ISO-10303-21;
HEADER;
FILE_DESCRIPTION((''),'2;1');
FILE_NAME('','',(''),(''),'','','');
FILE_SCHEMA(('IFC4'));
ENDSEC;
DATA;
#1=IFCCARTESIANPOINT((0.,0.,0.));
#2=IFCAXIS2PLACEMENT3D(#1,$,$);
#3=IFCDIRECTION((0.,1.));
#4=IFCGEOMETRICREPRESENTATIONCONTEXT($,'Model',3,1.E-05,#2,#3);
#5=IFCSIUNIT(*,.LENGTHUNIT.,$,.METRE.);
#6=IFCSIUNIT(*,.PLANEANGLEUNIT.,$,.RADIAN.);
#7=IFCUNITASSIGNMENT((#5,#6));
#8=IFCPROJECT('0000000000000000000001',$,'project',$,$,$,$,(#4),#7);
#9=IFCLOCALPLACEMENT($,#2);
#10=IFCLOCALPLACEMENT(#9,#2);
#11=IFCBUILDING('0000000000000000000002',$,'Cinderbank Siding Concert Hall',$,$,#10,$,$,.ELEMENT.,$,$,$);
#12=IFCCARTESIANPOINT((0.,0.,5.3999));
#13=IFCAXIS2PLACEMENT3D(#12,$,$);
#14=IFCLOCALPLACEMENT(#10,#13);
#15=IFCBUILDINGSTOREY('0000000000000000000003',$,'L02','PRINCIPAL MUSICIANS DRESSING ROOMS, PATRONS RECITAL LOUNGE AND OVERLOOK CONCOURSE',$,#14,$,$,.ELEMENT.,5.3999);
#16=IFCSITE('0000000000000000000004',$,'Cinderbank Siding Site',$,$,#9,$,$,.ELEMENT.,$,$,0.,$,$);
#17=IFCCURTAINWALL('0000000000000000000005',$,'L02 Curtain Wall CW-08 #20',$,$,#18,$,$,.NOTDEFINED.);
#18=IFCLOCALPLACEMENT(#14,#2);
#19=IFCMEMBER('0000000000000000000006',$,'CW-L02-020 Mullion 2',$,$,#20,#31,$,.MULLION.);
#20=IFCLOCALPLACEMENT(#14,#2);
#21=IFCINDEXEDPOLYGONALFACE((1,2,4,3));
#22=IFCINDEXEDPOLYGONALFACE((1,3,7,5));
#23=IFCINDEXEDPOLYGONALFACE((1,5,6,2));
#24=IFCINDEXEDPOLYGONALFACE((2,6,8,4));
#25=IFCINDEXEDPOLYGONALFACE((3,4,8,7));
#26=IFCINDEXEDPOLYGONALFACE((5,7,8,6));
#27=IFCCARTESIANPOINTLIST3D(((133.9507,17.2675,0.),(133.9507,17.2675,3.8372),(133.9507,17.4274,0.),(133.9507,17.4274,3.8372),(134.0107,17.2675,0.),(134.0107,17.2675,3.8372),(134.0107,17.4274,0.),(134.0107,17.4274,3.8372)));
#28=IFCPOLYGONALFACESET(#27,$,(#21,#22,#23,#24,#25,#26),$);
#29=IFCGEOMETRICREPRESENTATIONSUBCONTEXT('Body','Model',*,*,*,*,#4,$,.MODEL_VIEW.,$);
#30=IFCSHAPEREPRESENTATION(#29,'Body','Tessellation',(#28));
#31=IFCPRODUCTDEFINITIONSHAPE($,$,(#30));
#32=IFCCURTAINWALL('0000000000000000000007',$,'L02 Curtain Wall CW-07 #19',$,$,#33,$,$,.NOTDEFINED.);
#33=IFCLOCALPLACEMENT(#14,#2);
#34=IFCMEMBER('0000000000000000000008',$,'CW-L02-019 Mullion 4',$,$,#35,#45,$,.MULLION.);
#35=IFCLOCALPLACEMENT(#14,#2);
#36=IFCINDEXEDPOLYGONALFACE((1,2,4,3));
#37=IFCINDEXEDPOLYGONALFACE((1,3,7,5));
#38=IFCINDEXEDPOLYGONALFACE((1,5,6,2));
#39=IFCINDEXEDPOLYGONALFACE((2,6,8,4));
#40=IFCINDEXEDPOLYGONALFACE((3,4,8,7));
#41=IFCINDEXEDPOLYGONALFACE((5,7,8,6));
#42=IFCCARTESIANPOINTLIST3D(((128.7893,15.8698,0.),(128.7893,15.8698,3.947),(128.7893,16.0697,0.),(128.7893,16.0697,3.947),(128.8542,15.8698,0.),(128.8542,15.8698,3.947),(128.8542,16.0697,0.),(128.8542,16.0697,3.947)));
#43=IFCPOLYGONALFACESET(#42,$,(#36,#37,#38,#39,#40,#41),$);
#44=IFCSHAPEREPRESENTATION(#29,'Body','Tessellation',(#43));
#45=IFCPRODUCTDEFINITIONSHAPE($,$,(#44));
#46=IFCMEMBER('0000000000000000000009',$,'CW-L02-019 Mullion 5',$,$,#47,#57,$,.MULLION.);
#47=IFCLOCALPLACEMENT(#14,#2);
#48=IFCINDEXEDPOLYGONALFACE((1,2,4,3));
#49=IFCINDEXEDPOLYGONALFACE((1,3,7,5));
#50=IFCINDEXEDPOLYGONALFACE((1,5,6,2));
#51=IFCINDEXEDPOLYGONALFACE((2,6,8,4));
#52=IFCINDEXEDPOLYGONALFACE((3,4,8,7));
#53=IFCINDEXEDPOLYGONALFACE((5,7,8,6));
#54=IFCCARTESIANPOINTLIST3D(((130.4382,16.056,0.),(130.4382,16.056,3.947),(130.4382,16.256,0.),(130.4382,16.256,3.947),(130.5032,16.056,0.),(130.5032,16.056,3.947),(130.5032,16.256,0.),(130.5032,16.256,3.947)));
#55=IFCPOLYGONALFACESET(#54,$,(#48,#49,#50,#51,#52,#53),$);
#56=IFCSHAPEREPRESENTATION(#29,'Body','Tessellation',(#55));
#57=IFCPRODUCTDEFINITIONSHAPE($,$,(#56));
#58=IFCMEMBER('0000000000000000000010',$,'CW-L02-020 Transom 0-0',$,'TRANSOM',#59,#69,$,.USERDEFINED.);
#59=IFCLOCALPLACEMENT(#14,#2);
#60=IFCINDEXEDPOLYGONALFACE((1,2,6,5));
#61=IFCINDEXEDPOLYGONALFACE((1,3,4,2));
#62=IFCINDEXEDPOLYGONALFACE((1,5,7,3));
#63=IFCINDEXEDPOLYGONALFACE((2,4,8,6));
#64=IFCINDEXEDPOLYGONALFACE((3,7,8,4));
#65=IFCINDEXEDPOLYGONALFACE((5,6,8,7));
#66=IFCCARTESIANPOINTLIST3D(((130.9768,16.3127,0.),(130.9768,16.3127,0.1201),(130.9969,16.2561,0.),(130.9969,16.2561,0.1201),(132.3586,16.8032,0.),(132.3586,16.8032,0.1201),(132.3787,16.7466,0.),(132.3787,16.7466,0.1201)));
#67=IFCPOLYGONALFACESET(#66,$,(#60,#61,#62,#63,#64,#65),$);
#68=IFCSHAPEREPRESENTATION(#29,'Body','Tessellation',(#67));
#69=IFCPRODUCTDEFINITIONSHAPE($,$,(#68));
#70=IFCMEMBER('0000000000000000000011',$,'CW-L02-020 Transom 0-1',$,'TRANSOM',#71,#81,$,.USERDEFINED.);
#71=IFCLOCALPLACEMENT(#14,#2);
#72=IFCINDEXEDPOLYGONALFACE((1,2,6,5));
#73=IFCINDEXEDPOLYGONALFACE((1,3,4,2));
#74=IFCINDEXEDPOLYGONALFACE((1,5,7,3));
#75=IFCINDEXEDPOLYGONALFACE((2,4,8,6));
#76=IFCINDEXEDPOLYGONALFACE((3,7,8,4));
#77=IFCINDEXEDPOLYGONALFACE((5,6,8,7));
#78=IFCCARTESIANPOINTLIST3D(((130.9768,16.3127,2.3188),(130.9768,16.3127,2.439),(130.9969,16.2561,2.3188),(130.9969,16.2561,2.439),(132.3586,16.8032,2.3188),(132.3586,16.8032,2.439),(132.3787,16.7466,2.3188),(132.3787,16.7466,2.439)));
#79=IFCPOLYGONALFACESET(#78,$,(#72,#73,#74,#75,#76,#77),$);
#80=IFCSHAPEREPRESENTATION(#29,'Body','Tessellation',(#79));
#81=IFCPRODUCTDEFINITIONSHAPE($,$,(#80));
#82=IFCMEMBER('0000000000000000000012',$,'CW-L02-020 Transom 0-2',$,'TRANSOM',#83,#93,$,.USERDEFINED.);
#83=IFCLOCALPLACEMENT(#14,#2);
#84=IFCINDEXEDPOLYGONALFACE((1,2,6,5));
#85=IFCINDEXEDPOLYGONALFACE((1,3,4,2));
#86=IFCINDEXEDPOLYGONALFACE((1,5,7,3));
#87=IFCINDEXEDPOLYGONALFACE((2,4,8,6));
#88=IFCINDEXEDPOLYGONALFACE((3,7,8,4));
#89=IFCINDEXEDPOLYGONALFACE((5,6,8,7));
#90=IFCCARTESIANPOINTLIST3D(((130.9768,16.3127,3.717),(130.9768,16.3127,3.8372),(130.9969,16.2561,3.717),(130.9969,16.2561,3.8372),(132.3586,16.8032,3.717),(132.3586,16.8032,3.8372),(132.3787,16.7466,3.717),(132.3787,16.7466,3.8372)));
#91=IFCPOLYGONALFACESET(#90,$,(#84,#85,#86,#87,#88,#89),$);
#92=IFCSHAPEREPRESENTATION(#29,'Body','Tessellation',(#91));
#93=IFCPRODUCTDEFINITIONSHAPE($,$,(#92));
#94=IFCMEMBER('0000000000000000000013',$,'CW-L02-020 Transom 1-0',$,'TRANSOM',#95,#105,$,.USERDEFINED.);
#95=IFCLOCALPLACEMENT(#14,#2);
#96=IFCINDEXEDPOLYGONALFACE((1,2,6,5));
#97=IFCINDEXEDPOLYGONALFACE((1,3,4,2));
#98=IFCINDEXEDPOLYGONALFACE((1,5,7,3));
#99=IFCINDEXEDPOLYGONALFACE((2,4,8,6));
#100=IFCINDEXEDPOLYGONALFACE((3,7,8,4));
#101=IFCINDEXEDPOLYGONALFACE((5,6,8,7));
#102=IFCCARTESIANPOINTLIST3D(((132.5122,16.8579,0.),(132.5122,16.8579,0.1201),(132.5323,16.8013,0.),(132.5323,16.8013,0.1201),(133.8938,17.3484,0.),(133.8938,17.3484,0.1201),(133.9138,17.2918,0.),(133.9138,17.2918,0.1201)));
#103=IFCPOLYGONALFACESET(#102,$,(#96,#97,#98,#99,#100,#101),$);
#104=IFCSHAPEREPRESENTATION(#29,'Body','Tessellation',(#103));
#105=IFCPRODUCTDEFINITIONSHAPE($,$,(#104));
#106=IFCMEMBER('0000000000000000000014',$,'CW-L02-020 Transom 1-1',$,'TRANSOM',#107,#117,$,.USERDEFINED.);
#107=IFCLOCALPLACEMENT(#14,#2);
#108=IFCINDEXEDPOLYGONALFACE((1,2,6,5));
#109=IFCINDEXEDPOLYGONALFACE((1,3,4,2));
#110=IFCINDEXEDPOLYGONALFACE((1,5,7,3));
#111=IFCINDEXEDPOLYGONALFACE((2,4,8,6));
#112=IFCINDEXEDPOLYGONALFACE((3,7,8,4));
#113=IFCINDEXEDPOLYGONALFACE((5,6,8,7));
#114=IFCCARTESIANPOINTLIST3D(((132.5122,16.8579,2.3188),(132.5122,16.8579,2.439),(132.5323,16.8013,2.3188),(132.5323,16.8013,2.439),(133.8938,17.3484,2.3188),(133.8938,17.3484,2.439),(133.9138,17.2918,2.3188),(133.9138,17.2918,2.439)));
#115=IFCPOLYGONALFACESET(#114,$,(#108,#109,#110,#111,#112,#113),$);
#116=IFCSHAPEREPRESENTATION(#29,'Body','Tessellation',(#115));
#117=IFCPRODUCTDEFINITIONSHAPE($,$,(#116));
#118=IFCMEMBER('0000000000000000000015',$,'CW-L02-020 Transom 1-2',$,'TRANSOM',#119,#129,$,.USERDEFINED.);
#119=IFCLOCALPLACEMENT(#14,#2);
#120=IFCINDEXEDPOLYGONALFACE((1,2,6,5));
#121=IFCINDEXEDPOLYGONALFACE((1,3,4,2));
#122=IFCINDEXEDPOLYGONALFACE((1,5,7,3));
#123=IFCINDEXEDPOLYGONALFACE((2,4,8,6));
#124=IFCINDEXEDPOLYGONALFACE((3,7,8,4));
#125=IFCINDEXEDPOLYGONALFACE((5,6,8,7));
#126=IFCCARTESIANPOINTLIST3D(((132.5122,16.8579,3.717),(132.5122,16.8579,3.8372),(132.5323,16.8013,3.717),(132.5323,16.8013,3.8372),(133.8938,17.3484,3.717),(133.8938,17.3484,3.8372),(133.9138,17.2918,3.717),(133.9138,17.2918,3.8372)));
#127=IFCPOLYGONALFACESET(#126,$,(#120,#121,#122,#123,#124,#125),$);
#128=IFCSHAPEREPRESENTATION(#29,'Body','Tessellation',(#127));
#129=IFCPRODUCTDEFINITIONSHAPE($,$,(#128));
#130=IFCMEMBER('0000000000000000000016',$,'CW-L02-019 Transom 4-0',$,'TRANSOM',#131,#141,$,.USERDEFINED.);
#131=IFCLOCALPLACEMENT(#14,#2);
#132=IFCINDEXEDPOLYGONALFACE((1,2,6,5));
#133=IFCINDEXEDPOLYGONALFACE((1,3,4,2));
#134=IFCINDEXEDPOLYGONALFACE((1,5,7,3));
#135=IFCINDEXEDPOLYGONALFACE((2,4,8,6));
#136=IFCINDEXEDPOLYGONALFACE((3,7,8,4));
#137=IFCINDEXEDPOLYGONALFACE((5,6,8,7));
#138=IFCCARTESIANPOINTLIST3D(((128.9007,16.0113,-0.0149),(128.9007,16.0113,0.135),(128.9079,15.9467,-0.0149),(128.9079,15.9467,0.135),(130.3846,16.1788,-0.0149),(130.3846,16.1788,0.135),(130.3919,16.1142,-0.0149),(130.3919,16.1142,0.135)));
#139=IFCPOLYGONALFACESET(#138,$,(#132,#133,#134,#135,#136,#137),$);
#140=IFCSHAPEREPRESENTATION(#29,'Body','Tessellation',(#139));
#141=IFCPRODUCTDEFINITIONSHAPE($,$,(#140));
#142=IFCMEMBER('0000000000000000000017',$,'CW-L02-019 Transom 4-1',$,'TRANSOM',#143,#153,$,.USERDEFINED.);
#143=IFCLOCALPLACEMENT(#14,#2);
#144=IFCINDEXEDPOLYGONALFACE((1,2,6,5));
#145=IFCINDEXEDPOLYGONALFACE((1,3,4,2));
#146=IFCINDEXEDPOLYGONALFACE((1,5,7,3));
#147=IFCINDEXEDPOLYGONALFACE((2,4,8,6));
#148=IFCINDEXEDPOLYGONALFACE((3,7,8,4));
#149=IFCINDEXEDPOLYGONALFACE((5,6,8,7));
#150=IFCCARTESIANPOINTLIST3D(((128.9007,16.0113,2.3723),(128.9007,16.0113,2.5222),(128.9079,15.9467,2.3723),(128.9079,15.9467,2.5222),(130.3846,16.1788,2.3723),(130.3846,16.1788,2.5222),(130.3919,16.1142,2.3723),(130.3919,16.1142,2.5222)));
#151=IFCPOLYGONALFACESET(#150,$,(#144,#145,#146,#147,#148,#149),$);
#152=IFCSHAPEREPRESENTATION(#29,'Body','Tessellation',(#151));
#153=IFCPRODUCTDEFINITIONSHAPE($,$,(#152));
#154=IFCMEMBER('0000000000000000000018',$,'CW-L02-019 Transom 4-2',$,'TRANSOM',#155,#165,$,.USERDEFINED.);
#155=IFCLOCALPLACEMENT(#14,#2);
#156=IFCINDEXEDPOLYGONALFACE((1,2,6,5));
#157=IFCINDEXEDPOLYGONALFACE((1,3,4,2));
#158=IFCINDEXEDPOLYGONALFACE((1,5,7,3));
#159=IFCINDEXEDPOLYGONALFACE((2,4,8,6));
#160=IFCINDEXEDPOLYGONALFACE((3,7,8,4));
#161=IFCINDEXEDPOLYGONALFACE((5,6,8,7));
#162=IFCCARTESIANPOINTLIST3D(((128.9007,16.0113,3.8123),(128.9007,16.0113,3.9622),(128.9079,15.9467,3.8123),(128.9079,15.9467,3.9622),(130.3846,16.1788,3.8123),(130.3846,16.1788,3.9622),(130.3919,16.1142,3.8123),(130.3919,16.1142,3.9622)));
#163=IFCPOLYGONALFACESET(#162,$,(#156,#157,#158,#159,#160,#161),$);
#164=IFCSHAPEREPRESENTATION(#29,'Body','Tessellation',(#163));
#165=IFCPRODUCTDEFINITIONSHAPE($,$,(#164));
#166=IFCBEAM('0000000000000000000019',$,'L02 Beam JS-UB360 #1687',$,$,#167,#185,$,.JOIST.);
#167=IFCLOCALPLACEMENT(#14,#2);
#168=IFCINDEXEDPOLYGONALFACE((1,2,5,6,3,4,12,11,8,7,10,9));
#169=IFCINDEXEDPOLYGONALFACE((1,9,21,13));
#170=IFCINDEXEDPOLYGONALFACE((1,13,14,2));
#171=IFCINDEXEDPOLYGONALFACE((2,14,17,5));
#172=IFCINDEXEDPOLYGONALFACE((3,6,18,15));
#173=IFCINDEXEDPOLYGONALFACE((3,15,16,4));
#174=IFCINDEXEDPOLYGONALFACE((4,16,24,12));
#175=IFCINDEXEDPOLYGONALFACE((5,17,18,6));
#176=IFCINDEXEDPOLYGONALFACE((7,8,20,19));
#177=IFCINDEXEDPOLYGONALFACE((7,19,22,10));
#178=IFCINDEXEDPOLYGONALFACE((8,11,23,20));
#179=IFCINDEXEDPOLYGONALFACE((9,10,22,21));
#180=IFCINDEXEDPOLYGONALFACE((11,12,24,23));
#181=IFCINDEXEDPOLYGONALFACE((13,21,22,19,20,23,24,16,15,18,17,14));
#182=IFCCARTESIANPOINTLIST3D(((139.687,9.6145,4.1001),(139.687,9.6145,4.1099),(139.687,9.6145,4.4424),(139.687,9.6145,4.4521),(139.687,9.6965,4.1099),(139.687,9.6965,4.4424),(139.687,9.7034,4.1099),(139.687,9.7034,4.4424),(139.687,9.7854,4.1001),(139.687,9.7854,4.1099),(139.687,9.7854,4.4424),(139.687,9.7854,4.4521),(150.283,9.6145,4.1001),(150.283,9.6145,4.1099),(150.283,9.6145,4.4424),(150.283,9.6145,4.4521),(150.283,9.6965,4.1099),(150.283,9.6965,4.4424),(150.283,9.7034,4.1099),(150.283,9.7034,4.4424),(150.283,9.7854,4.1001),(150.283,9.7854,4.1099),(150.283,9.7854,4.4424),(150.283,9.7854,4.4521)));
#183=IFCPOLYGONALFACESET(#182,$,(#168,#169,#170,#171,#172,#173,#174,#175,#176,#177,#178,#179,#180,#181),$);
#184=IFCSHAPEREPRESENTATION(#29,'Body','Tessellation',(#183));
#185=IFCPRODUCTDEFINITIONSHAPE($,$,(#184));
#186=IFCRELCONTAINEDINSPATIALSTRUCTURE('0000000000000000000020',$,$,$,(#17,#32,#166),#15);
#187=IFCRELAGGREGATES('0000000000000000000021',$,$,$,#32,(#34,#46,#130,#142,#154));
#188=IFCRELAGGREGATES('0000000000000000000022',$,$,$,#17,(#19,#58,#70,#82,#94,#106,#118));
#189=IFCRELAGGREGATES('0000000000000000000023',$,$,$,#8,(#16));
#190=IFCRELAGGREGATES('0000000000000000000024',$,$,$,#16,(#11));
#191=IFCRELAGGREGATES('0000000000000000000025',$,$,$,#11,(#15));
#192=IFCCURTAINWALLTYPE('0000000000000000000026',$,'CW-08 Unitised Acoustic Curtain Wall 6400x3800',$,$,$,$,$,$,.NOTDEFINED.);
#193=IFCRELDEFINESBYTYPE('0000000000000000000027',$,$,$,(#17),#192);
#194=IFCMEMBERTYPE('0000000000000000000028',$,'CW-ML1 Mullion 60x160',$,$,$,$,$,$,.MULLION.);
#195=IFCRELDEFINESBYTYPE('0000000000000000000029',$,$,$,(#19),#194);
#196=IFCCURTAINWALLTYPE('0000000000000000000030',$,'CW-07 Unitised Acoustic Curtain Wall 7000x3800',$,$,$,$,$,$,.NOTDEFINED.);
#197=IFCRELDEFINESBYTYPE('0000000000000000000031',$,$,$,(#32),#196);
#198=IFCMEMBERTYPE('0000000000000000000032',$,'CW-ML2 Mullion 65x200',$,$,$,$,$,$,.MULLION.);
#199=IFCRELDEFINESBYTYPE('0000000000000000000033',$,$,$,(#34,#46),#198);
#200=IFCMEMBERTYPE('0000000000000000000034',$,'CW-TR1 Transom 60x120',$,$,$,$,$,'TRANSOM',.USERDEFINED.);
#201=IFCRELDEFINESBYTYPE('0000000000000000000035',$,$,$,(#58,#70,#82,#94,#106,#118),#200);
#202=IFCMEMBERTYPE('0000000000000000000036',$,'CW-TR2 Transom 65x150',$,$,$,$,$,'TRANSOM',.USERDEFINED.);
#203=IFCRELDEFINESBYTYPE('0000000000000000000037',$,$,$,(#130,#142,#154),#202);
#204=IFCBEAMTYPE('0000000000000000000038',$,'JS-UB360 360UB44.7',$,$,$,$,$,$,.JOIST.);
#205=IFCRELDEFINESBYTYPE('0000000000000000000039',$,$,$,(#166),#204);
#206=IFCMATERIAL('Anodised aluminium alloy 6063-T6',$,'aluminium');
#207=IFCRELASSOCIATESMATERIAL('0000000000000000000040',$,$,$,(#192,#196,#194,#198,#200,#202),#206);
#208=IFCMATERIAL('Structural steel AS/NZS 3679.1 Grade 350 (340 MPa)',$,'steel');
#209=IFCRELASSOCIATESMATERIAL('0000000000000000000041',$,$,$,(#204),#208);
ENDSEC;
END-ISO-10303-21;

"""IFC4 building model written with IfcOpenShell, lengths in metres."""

from ifc_helpers import new_model, si_unit, direction, frame, origin, origin_2d, place, context, subcontext, project, spatial, rectangle, i_section, extrude, material, material_profile, profile_set, type_object, element, aggregate, save


model = new_model("IFC4")

# Units and contexts
model_context = context("Model", 3, precision=1e-05, world=origin(), true_north=direction((0.0, 1.0)))
body_context = subcontext(model_context, "Body", "Model", "MODEL_VIEW")
ifc_project = project(units=[si_unit("LENGTHUNIT", "METRE"), si_unit("PLANEANGLEUNIT", "RADIAN")], contexts=[model_context])

# Site, building, storey
site_placement = place(None, origin())
site = spatial("IfcSite", under=ifc_project, at=site_placement, Name="Cinderbank Siding Site", CompositionType="ELEMENT", RefElevation=0.0)
building_placement = place(site_placement, origin())
building = spatial("IfcBuilding", under=site, at=building_placement, Name="Cinderbank Siding Concert Hall", CompositionType="ELEMENT")
storey_placement = place(building_placement, frame((0.0, 0.0, 5.3999)))
storey = spatial("IfcBuildingStorey", under=building, at=storey_placement, Name="L02", Description="PRINCIPAL MUSICIANS DRESSING ROOMS, PATRONS RECITAL LOUNGE AND OVERLOOK CONCOURSE", CompositionType="ELEMENT", Elevation=5.3999)

# Shared definitions
ifc_material_1 = material(Name="Structural steel AS/NZS 3679.1 Grade 350 (340 MPa)", Category="steel")

# Curtain walls, members
ifc_material_2 = material(Name="Anodised aluminium alloy 6063-T6", Category="aluminium")
curtain_wall_type_1 = type_object("IfcCurtainWallType", Name="CW-08 Unitised Acoustic Curtain Wall 6400x3800", PredefinedType="NOTDEFINED", material=ifc_material_2)
curtain_wall_1_placement = place(storey_placement, origin())
curtain_wall_1 = element("IfcCurtainWall", 1, at=curtain_wall_1_placement, inside=storey, type_object=curtain_wall_type_1, Name="L02 Curtain Wall CW-08 #20", PredefinedType="NOTDEFINED")
ifc_material_profile_1 = material_profile(ifc_material_2, rectangle(XDim=0.0601, YDim=0.1599, at=origin_2d()), Name="ALU-MULL-60x160", Category="LoadBearing")
ifc_profile_set_1 = profile_set([ifc_material_profile_1], Name="Anodised aluminium alloy 6063-T6")
member_type_1 = type_object("IfcMemberType", Name="CW-ML1 Mullion 60x160", PredefinedType="MULLION", material=ifc_profile_set_1)
member_1_placement = place(storey_placement, frame((133.9807, 17.3474, 0.0), z_axis=(0.0, 0.0, 1.0), x_axis=(1.0, 0.0, 0.0)))
member_1 = element("IfcMember", 2, at=member_1_placement, type_object=member_type_1, Name="CW-L02-020 Mullion 2", PredefinedType="MULLION", context=body_context, shape_type="SweptSolid", body=[
    extrude(rectangle(XDim=0.0601, YDim=0.1599, at=origin_2d()), origin(), (0.0, 0.0, 1.0), 3.8372),
])
curtain_wall_type_2 = type_object("IfcCurtainWallType", Name="CW-07 Unitised Acoustic Curtain Wall 7000x3800", PredefinedType="NOTDEFINED", material=ifc_material_2)
curtain_wall_2_placement = place(storey_placement, origin())
curtain_wall_2 = element("IfcCurtainWall", 3, at=curtain_wall_2_placement, inside=storey, type_object=curtain_wall_type_2, Name="L02 Curtain Wall CW-07 #19", PredefinedType="NOTDEFINED")
ifc_material_profile_2 = material_profile(ifc_material_2, rectangle(XDim=0.0649, YDim=0.2, at=origin_2d()), Name="ALU-MULL-65x200", Category="LoadBearing")
ifc_profile_set_2 = profile_set([ifc_material_profile_2], Name="Anodised aluminium alloy 6063-T6")
member_type_2 = type_object("IfcMemberType", Name="CW-ML2 Mullion 65x200", PredefinedType="MULLION", material=ifc_profile_set_2)
member_2_placement = place(storey_placement, frame((128.8218, 15.9697, 0.0), z_axis=(0.0, 0.0, 1.0), x_axis=(1.0, 0.0, 0.0)))
member_2 = element("IfcMember", 4, at=member_2_placement, type_object=member_type_2, Name="CW-L02-019 Mullion 4", PredefinedType="MULLION", context=body_context, shape_type="SweptSolid", body=[
    extrude(rectangle(XDim=0.0649, YDim=0.2, at=origin_2d()), origin(), (0.0, 0.0, 1.0), 3.947),
])
member_3_placement = place(storey_placement, frame((130.4707, 16.156, 0.0), z_axis=(0.0, 0.0, 1.0), x_axis=(1.0, 0.0, 0.0)))
member_3 = element("IfcMember", 5, at=member_3_placement, type_object=member_type_2, Name="CW-L02-019 Mullion 5", PredefinedType="MULLION", context=body_context, shape_type="SweptSolid", body=[
    extrude(rectangle(XDim=0.0649, YDim=0.2, at=origin_2d()), origin(), (0.0, 0.0, 1.0), 3.947),
])

# Members
ifc_material_profile_3 = material_profile(ifc_material_2, rectangle(XDim=0.0601, YDim=0.1201, at=origin_2d()), Name="ALU-TRAN-60x120", Category="LoadBearing")
ifc_profile_set_3 = profile_set([ifc_material_profile_3], Name="Anodised aluminium alloy 6063-T6")
member_type_3 = type_object("IfcMemberType", Name="CW-TR1 Transom 60x120", ElementType="TRANSOM", PredefinedType="USERDEFINED", material=ifc_profile_set_3)
member_4_placement = place(storey_placement, frame((130.9868, 16.2844, 0.0601), z_axis=(0.942396, 0.3345, 0.0), x_axis=(-0.3345, 0.942396, 0.0)))
member_4 = element("IfcMember", 6, at=member_4_placement, type_object=member_type_3, Name="CW-L02-020 Transom 0-0", ObjectType="TRANSOM", PredefinedType="USERDEFINED", context=body_context, shape_type="SweptSolid", body=[
    extrude(rectangle(XDim=0.0601, YDim=0.1201, at=origin_2d()), origin(), (0.0, 0.0, 1.0), 1.4663),
])
member_5_placement = place(storey_placement, frame((130.9868, 16.2844, 2.3789), z_axis=(0.942396, 0.3345, 0.0), x_axis=(-0.3345, 0.942396, 0.0)))
member_5 = element("IfcMember", 7, at=member_5_placement, type_object=member_type_3, Name="CW-L02-020 Transom 0-1", ObjectType="TRANSOM", PredefinedType="USERDEFINED", context=body_context, shape_type="SweptSolid", body=[
    extrude(rectangle(XDim=0.0601, YDim=0.1201, at=origin_2d()), origin(), (0.0, 0.0, 1.0), 1.4663),
])
member_6_placement = place(storey_placement, frame((130.9868, 16.2844, 3.7771), z_axis=(0.942396, 0.3345, 0.0), x_axis=(-0.3345, 0.942396, 0.0)))
member_6 = element("IfcMember", 8, at=member_6_placement, type_object=member_type_3, Name="CW-L02-020 Transom 0-2", ObjectType="TRANSOM", PredefinedType="USERDEFINED", context=body_context, shape_type="SweptSolid", body=[
    extrude(rectangle(XDim=0.0601, YDim=0.1201, at=origin_2d()), origin(), (0.0, 0.0, 1.0), 1.4663),
])
member_7_placement = place(storey_placement, frame((132.5222, 16.8296, 0.0601), z_axis=(0.942377, 0.334553, 0.0), x_axis=(-0.334553, 0.942377, 0.0)))
member_7 = element("IfcMember", 9, at=member_7_placement, type_object=member_type_3, Name="CW-L02-020 Transom 1-0", ObjectType="TRANSOM", PredefinedType="USERDEFINED", context=body_context, shape_type="SweptSolid", body=[
    extrude(rectangle(XDim=0.0601, YDim=0.1201, at=origin_2d()), origin(), (0.0, 0.0, 1.0), 1.4661),
])
member_8_placement = place(storey_placement, frame((132.5222, 16.8296, 2.3789), z_axis=(0.942377, 0.334553, 0.0), x_axis=(-0.334553, 0.942377, 0.0)))
member_8 = element("IfcMember", 10, at=member_8_placement, type_object=member_type_3, Name="CW-L02-020 Transom 1-1", ObjectType="TRANSOM", PredefinedType="USERDEFINED", context=body_context, shape_type="SweptSolid", body=[
    extrude(rectangle(XDim=0.0601, YDim=0.1201, at=origin_2d()), origin(), (0.0, 0.0, 1.0), 1.4661),
])
member_9_placement = place(storey_placement, frame((132.5222, 16.8296, 3.7771), z_axis=(0.942377, 0.334553, 0.0), x_axis=(-0.334553, 0.942377, 0.0)))
member_9 = element("IfcMember", 11, at=member_9_placement, type_object=member_type_3, Name="CW-L02-020 Transom 1-2", ObjectType="TRANSOM", PredefinedType="USERDEFINED", context=body_context, shape_type="SweptSolid", body=[
    extrude(rectangle(XDim=0.0601, YDim=0.1201, at=origin_2d()), origin(), (0.0, 0.0, 1.0), 1.4661),
])
ifc_material_profile_4 = material_profile(ifc_material_2, rectangle(XDim=0.0649, YDim=0.1499, at=origin_2d()), Name="ALU-TRAN-65x150", Category="LoadBearing")
ifc_profile_set_4 = profile_set([ifc_material_profile_4], Name="Anodised aluminium alloy 6063-T6")
member_type_4 = type_object("IfcMemberType", Name="CW-TR2 Transom 65x150", ElementType="TRANSOM", PredefinedType="USERDEFINED", material=ifc_profile_set_4)
member_10_placement = place(storey_placement, frame((128.9043, 15.979, 0.0601), z_axis=(0.993691, 0.112154, 0.0), x_axis=(-0.112154, 0.993691, 0.0)))
member_10 = element("IfcMember", 12, at=member_10_placement, type_object=member_type_4, Name="CW-L02-019 Transom 4-0", ObjectType="TRANSOM", PredefinedType="USERDEFINED", context=body_context, shape_type="SweptSolid", body=[
    extrude(rectangle(XDim=0.0649, YDim=0.1499, at=origin_2d()), origin(), (0.0, 0.0, 1.0), 1.4934),
])
member_11_placement = place(storey_placement, frame((128.9043, 15.979, 2.4473), z_axis=(0.993691, 0.112154, 0.0), x_axis=(-0.112154, 0.993691, 0.0)))
member_11 = element("IfcMember", 13, at=member_11_placement, type_object=member_type_4, Name="CW-L02-019 Transom 4-1", ObjectType="TRANSOM", PredefinedType="USERDEFINED", context=body_context, shape_type="SweptSolid", body=[
    extrude(rectangle(XDim=0.0649, YDim=0.1499, at=origin_2d()), origin(), (0.0, 0.0, 1.0), 1.4934),
])
member_12_placement = place(storey_placement, frame((128.9043, 15.979, 3.8872), z_axis=(0.993691, 0.112154, 0.0), x_axis=(-0.112154, 0.993691, 0.0)))
member_12 = element("IfcMember", 14, at=member_12_placement, type_object=member_type_4, Name="CW-L02-019 Transom 4-2", ObjectType="TRANSOM", PredefinedType="USERDEFINED", context=body_context, shape_type="SweptSolid", body=[
    extrude(rectangle(XDim=0.0649, YDim=0.1499, at=origin_2d()), origin(), (0.0, 0.0, 1.0), 1.4934),
])

# Beam
ifc_material_profile_5 = material_profile(ifc_material_1, i_section(OverallWidth=0.1709, OverallDepth=0.3521, WebThickness=0.0068, FlangeThickness=0.0098, at=origin_2d()), Name="360UB44.7", Category="LoadBearing")
ifc_profile_set_5 = profile_set([ifc_material_profile_5], Name="Structural steel AS/NZS 3679.1 Grade 350 (340 MPa)")
beam_type_1 = type_object("IfcBeamType", Name="JS-UB360 360UB44.7", PredefinedType="JOIST", material=ifc_profile_set_5)
beam_1_placement = place(storey_placement, frame((139.687, 9.7, 4.2761), z_axis=(1.0, 0.0, 0.0), x_axis=(0.0, 1.0, 0.0)))
element("IfcBeam", 15, at=beam_1_placement, inside=storey, type_object=beam_type_1, Name="L02 Beam JS-UB360 #1687", PredefinedType="JOIST", context=body_context, shape_type="SweptSolid", body=[
    extrude(i_section(OverallWidth=0.1709, OverallDepth=0.3521, WebThickness=0.0068, FlangeThickness=0.0098, at=origin_2d()), origin(), (0.0, 0.0, 1.0), 10.5959),
])

aggregate(curtain_wall_2, [member_2, member_3, member_10, member_11, member_12])
aggregate(curtain_wall_1, [member_1, member_4, member_5, member_6, member_7, member_8, member_9])

save(model, "model.ifc")
